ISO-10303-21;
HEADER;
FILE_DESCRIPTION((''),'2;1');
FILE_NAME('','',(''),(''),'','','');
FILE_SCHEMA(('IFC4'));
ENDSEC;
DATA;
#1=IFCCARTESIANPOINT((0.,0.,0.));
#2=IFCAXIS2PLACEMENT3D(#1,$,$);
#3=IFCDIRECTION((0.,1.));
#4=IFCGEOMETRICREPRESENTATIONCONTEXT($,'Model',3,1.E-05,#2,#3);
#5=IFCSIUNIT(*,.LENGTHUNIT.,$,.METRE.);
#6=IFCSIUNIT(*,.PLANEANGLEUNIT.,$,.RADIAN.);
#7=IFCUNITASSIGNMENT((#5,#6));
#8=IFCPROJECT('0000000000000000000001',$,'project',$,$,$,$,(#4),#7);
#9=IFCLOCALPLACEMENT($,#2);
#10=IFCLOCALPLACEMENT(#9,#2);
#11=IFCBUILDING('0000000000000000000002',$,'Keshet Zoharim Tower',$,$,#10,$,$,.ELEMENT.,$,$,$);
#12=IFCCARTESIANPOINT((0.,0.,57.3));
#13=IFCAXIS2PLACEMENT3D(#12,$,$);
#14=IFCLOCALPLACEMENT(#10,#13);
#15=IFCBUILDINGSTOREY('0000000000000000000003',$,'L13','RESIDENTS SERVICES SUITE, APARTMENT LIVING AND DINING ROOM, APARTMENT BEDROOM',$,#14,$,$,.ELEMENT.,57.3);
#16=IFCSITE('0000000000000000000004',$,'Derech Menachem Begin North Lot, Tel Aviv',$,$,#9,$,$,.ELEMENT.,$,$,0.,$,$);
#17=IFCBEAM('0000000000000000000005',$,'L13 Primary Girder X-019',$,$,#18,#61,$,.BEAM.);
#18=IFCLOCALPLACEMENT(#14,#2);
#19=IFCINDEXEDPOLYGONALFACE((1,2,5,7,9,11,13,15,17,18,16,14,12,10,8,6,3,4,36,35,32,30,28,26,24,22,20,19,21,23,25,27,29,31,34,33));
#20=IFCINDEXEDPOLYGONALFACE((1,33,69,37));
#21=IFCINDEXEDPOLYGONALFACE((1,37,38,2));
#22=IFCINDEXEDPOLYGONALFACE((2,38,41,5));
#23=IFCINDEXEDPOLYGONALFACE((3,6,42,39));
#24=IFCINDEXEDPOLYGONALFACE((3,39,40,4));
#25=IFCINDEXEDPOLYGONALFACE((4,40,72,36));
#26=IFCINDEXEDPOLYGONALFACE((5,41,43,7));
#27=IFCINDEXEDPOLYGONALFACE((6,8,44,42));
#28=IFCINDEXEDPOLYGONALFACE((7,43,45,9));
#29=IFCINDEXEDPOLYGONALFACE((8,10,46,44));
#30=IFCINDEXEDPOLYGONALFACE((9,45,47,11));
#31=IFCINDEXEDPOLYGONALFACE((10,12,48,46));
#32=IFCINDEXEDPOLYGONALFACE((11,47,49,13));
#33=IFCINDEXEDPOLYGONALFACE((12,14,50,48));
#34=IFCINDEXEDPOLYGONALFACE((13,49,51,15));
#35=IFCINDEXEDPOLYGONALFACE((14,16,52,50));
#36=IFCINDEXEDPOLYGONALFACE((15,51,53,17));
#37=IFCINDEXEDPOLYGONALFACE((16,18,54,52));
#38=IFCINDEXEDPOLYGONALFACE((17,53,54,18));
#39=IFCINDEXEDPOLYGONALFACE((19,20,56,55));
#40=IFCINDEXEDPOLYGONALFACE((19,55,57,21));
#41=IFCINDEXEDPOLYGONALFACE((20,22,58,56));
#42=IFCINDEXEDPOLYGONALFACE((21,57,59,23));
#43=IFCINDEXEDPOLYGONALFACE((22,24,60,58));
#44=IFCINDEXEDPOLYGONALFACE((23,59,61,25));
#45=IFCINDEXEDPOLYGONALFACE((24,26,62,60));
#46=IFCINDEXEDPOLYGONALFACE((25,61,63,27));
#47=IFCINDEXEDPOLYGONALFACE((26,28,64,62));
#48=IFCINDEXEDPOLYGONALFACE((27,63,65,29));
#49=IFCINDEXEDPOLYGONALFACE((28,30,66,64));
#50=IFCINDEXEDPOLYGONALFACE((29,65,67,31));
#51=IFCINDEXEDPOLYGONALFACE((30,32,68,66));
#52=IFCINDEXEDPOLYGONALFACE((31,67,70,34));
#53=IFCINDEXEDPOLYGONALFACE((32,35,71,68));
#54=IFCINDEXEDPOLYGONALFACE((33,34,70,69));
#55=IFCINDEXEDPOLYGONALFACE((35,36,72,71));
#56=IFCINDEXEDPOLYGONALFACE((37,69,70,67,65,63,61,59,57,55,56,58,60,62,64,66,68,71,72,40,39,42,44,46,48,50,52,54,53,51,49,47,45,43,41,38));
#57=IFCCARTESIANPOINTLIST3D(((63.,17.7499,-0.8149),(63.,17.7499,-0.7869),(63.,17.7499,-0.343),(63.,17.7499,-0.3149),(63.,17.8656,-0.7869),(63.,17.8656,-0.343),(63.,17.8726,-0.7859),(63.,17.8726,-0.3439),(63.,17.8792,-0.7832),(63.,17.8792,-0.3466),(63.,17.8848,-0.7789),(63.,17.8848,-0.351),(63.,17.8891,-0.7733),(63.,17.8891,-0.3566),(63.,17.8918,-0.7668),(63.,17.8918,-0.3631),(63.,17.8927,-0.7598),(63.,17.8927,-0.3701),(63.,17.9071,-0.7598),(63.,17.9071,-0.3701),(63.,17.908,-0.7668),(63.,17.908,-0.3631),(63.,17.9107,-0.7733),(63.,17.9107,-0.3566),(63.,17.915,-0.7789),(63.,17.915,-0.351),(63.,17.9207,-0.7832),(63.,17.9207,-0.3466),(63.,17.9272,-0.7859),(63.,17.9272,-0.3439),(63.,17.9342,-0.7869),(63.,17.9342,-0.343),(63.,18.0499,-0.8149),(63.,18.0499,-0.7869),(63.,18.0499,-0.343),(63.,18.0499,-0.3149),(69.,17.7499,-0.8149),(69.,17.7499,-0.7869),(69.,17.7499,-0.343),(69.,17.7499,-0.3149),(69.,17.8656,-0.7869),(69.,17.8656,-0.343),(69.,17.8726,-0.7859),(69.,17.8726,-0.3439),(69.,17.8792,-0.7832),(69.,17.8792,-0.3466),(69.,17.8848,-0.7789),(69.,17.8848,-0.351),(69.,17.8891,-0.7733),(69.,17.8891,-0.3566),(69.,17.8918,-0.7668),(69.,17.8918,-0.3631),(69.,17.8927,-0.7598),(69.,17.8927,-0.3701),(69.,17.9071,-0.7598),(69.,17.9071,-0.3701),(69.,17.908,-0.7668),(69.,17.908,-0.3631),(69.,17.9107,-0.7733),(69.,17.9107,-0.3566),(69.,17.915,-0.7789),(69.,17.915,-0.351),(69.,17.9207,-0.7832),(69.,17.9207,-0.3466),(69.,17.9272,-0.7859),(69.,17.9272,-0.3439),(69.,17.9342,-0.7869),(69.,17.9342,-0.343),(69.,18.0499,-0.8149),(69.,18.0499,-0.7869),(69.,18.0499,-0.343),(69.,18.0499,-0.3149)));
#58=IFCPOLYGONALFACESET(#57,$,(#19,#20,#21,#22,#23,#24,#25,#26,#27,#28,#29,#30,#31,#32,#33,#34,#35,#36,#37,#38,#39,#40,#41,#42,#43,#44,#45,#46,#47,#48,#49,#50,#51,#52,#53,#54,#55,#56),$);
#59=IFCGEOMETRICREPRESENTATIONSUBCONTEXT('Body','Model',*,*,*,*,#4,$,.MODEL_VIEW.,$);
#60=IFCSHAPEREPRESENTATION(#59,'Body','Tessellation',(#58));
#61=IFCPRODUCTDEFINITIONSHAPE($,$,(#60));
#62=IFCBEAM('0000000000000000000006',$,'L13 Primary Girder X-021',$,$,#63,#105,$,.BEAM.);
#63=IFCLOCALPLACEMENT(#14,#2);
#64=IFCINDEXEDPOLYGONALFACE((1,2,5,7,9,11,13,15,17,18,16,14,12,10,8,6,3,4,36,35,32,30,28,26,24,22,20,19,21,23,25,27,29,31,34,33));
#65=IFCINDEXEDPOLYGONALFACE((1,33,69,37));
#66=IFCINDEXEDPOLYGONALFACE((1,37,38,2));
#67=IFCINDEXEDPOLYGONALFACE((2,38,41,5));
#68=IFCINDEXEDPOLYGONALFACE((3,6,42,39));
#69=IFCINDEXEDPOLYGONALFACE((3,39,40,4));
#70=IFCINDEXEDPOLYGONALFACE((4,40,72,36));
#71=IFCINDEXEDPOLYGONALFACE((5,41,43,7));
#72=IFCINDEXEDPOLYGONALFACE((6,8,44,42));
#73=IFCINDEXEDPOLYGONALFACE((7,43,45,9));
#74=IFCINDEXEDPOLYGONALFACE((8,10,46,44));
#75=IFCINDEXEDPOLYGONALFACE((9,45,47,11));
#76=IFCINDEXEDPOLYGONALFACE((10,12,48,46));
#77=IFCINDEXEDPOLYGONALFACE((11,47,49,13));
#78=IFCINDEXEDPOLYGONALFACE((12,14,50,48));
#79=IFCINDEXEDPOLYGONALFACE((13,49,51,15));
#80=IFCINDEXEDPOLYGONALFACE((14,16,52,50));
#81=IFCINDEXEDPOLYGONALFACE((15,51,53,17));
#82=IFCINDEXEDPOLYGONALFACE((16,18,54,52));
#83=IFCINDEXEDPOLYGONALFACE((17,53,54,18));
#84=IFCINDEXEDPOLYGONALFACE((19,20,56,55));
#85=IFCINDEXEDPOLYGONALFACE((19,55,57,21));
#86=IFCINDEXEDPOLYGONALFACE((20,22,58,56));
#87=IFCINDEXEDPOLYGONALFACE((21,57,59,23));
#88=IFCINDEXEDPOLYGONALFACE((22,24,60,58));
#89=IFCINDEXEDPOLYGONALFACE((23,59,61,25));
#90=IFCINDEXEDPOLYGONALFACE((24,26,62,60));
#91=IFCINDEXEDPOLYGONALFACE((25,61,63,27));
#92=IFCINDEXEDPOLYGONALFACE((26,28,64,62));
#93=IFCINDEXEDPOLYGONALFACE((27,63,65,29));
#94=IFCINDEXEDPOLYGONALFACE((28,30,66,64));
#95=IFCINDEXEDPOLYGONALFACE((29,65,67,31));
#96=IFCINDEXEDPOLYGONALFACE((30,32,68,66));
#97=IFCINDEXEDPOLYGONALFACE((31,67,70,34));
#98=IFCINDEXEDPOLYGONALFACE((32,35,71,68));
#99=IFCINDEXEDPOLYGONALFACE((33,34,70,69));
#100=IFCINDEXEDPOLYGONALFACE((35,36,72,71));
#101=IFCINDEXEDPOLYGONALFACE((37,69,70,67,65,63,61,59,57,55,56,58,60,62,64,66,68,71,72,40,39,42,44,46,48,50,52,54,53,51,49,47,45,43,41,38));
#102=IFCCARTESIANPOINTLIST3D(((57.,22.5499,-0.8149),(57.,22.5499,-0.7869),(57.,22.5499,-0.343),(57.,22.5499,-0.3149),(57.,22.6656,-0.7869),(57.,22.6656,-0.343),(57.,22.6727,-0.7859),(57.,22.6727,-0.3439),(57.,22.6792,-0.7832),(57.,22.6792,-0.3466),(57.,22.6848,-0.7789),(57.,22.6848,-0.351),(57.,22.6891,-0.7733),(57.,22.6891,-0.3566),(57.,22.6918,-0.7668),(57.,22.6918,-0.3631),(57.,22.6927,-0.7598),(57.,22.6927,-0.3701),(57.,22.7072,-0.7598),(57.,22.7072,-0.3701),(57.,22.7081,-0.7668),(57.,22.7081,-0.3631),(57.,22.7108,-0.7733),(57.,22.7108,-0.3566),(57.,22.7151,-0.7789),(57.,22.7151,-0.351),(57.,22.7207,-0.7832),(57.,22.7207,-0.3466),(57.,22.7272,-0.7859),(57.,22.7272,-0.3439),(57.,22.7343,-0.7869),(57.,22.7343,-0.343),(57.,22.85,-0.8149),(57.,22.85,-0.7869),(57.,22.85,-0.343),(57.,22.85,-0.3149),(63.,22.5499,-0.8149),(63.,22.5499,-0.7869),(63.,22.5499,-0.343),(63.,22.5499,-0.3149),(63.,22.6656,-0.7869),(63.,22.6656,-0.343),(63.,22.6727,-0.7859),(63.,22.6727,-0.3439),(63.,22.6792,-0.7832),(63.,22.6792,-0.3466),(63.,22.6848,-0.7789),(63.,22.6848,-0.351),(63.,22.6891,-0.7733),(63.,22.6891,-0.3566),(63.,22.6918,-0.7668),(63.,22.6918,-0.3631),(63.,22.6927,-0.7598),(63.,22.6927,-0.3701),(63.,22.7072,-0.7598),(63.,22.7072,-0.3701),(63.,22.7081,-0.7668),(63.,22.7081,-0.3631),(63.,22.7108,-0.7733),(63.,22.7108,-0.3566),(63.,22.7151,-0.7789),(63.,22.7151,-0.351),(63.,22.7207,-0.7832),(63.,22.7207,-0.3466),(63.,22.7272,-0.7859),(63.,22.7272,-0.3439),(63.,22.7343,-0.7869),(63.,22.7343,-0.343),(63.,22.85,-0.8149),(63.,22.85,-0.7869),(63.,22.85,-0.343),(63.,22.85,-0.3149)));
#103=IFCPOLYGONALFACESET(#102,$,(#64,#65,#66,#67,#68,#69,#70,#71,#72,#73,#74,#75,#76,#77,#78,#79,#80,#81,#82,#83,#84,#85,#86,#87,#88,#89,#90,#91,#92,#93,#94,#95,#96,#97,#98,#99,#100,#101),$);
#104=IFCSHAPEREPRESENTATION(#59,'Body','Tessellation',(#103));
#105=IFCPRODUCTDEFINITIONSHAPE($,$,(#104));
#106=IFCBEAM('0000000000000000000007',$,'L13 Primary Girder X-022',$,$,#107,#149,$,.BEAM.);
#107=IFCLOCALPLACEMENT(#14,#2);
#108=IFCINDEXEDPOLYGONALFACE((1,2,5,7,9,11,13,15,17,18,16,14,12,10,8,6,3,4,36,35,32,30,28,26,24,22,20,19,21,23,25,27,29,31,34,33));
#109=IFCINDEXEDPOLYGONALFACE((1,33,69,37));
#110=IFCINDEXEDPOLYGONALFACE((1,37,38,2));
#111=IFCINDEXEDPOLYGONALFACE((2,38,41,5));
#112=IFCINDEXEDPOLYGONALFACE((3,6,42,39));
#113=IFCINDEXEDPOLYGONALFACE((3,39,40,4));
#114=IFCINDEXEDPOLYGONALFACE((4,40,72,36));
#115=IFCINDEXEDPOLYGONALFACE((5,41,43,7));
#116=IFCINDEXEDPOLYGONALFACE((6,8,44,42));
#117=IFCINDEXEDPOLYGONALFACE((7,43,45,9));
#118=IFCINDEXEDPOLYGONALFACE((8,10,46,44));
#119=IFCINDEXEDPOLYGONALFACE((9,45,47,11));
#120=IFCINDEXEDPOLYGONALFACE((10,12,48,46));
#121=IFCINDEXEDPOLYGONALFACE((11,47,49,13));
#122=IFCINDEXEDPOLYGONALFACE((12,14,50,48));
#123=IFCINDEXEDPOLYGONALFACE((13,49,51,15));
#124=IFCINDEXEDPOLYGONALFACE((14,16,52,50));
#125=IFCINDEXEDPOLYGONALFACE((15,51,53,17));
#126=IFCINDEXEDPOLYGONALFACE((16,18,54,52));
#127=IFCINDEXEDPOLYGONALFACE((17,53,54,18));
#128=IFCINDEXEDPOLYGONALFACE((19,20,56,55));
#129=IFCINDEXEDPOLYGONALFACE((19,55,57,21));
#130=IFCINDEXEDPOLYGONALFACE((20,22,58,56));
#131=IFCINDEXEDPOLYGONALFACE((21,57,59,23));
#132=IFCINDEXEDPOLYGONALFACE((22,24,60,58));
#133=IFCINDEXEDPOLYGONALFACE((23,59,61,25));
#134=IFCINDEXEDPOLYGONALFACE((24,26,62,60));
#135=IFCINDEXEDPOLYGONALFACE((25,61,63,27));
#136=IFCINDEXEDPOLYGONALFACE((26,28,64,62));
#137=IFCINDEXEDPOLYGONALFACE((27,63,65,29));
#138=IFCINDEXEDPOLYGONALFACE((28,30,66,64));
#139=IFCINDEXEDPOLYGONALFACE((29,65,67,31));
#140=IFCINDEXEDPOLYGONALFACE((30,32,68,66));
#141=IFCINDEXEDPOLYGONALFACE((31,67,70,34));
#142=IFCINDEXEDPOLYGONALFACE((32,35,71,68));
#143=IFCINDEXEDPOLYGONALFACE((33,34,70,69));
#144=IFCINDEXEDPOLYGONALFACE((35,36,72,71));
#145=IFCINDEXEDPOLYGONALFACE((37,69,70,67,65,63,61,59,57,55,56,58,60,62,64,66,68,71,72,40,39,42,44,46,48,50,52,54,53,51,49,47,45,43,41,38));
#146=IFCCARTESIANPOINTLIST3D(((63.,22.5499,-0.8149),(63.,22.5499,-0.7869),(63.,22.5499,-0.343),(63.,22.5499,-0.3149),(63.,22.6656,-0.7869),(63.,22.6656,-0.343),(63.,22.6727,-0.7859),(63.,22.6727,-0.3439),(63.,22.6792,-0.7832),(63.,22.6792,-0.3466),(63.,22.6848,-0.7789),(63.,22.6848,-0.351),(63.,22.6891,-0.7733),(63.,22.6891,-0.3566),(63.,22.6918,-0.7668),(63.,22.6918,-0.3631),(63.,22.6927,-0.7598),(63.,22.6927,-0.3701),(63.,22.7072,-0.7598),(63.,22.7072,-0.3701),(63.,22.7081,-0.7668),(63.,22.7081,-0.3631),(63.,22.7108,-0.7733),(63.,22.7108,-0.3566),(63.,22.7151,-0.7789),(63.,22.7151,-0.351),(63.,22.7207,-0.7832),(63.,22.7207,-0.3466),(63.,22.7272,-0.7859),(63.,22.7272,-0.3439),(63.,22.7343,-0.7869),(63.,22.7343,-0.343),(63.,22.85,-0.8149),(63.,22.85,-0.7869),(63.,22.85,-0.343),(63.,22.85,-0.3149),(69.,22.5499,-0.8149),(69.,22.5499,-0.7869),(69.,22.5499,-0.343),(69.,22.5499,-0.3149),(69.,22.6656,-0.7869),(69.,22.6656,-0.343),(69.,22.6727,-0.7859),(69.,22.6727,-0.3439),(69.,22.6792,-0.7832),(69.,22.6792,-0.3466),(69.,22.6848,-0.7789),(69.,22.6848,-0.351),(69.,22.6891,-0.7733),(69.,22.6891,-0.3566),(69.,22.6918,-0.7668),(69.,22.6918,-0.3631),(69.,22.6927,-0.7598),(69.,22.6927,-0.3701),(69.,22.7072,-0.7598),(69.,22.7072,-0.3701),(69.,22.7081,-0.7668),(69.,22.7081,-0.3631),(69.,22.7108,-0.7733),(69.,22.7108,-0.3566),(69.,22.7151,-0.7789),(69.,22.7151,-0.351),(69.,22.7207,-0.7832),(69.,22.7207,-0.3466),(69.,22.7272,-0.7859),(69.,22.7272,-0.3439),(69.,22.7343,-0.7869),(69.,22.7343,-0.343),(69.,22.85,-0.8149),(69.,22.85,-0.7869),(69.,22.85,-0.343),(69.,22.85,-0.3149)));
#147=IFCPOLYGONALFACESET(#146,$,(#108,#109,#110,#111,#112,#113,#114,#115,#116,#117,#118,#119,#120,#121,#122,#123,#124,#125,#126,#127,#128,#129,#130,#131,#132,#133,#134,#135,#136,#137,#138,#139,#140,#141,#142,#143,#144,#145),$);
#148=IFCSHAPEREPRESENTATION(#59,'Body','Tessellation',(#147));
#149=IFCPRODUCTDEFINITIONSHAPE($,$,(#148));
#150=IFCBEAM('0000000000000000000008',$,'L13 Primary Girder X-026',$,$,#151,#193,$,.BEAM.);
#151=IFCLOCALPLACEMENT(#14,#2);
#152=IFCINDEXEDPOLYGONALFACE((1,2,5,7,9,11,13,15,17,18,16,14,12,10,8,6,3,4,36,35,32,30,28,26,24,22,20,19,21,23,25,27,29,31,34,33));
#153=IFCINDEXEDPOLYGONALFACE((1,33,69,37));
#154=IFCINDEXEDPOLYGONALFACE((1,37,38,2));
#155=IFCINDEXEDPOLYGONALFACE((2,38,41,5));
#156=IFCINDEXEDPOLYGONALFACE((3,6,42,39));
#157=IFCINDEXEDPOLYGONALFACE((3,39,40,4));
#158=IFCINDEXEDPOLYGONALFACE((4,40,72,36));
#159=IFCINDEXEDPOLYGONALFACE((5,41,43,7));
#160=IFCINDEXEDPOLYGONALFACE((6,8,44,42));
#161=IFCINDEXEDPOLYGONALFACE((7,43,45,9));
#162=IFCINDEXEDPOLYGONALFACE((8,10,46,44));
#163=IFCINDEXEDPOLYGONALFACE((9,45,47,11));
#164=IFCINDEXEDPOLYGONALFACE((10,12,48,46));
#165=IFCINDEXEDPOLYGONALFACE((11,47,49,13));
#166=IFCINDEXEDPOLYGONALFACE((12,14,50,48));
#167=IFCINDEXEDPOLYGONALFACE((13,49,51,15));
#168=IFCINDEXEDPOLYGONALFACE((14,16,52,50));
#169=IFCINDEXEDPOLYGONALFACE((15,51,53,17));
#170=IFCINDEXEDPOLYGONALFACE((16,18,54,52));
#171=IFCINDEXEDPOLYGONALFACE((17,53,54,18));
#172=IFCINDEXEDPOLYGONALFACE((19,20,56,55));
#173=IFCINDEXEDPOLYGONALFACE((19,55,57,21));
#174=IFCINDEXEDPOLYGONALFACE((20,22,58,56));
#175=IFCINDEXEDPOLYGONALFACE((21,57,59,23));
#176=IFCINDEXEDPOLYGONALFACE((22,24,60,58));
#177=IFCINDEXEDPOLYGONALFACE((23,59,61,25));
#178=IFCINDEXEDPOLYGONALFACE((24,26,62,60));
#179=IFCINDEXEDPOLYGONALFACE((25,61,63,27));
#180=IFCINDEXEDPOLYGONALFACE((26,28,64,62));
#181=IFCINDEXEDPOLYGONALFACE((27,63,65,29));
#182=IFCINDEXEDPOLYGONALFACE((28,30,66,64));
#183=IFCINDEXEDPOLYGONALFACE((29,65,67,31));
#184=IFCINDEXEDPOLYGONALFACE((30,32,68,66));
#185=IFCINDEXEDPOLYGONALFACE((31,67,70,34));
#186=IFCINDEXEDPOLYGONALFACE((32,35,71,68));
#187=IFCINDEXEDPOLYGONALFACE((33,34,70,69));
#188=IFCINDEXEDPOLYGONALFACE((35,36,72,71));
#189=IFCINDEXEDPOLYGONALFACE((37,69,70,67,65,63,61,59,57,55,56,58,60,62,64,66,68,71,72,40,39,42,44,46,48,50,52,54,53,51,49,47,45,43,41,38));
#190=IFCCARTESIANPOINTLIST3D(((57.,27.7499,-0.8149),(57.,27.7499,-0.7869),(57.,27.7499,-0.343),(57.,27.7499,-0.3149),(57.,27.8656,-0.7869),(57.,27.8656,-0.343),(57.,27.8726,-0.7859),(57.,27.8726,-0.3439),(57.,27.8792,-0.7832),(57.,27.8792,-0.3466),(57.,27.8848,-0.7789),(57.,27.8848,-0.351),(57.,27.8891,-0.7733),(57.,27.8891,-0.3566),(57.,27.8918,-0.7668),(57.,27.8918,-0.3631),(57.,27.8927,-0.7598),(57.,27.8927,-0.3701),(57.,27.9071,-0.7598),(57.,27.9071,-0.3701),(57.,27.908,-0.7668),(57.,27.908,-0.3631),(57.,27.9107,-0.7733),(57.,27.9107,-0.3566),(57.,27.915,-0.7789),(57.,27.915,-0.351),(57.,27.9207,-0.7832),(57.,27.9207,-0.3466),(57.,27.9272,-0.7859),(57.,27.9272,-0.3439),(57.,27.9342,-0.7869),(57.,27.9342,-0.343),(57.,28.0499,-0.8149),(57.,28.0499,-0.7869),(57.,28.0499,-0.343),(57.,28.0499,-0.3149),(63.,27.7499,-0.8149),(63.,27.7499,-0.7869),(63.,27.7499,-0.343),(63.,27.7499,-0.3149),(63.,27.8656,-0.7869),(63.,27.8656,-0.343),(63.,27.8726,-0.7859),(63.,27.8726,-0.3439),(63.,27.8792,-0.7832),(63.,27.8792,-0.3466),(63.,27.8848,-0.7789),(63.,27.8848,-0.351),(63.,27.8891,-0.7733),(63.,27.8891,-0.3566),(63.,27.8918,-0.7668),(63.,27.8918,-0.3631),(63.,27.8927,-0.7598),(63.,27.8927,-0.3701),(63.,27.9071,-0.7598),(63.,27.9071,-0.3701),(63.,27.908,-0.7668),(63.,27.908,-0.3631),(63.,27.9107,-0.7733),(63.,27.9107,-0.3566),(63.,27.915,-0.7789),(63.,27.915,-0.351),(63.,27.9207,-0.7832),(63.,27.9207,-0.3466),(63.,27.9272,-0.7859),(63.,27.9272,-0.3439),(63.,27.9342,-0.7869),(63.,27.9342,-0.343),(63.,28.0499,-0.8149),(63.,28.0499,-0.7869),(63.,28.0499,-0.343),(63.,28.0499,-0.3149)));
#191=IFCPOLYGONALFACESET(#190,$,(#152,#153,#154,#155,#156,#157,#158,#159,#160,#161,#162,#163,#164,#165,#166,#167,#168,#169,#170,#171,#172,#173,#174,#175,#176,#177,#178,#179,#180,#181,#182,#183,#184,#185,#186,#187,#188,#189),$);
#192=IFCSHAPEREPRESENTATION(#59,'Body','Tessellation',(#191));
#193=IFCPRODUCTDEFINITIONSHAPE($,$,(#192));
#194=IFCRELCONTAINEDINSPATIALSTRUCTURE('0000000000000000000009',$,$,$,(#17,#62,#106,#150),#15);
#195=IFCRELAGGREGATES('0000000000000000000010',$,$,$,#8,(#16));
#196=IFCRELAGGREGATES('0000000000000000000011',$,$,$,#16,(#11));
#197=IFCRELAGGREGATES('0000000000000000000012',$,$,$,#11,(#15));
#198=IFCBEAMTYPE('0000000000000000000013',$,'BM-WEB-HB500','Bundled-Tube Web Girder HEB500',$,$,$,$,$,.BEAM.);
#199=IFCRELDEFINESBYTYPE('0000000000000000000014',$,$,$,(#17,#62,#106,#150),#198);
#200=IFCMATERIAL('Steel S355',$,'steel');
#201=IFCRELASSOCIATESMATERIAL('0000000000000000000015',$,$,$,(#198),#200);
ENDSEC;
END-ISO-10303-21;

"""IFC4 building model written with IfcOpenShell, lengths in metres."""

from ifc_helpers import new_model, si_unit, direction, frame, origin, origin_2d, place, context, subcontext, project, spatial, i_section, extrude, material, material_profile, profile_set, type_object, element, save


model = new_model("IFC4")

# Units and contexts
model_context = context("Model", 3, precision=1e-05, world=origin(), true_north=direction((0.0, 1.0)))
body_context = subcontext(model_context, "Body", "Model", "MODEL_VIEW")
ifc_project = project(units=[si_unit("LENGTHUNIT", "METRE"), si_unit("PLANEANGLEUNIT", "RADIAN")], contexts=[model_context])

# Site, building, storey
site_placement = place(None, origin())
site = spatial("IfcSite", under=ifc_project, at=site_placement, Name="Derech Menachem Begin North Lot, Tel Aviv", CompositionType="ELEMENT", RefElevation=0.0)
building_placement = place(site_placement, origin())
building = spatial("IfcBuilding", under=site, at=building_placement, Name="Keshet Zoharim Tower", CompositionType="ELEMENT")
storey_placement = place(building_placement, frame((0.0, 0.0, 57.3)))
storey = spatial("IfcBuildingStorey", under=building, at=storey_placement, Name="L13", Description="RESIDENTS SERVICES SUITE, APARTMENT LIVING AND DINING ROOM, APARTMENT BEDROOM", CompositionType="ELEMENT", Elevation=57.3)

# Shared definitions
ifc_material_1 = material(Name="Steel S355", Category="steel")

# Beams
ifc_material_profile_1 = material_profile(ifc_material_1, i_section(OverallWidth=0.3, OverallDepth=0.5, WebThickness=0.0144, FlangeThickness=0.0281, FilletRadius=0.0271, at=origin_2d()), Name="HEB500")
ifc_profile_set_1 = profile_set([ifc_material_profile_1], Name="Steel S355")
beam_type_1 = type_object("IfcBeamType", Name="BM-WEB-HB500", Description="Bundled-Tube Web Girder HEB500", PredefinedType="BEAM", material=ifc_profile_set_1)
for number, where, z_axis, x_axis, name in (
    (1, (63.0, 17.8999, -0.5649), (1.0, 0.0, 0.0), (0.0, 1.0, 0.0), "L13 Primary Girder X-019"),
    (2, (57.0, 22.7, -0.5649), (1.0, 0.0, 0.0), (0.0, 1.0, 0.0), "L13 Primary Girder X-021"),
    (3, (63.0, 22.7, -0.5649), (1.0, 0.0, 0.0), (0.0, 1.0, 0.0), "L13 Primary Girder X-022"),
    (4, (57.0, 27.8999, -0.5649), (1.0, 0.0, 0.0), (0.0, 1.0, 0.0), "L13 Primary Girder X-026"),
):
    element("IfcBeam", number, at=place(storey_placement, frame(where, z_axis=z_axis, x_axis=x_axis)), inside=storey, type_object=beam_type_1, Name=name, PredefinedType="BEAM", context=body_context, shape_type="SweptSolid", body=[
        extrude(i_section(OverallWidth=0.3, OverallDepth=0.5, WebThickness=0.0144, FlangeThickness=0.0281, FilletRadius=0.0271, at=origin_2d()), origin(), (0.0, 0.0, 1.0), 6.0),
    ])

save(model, "model.ifc")
